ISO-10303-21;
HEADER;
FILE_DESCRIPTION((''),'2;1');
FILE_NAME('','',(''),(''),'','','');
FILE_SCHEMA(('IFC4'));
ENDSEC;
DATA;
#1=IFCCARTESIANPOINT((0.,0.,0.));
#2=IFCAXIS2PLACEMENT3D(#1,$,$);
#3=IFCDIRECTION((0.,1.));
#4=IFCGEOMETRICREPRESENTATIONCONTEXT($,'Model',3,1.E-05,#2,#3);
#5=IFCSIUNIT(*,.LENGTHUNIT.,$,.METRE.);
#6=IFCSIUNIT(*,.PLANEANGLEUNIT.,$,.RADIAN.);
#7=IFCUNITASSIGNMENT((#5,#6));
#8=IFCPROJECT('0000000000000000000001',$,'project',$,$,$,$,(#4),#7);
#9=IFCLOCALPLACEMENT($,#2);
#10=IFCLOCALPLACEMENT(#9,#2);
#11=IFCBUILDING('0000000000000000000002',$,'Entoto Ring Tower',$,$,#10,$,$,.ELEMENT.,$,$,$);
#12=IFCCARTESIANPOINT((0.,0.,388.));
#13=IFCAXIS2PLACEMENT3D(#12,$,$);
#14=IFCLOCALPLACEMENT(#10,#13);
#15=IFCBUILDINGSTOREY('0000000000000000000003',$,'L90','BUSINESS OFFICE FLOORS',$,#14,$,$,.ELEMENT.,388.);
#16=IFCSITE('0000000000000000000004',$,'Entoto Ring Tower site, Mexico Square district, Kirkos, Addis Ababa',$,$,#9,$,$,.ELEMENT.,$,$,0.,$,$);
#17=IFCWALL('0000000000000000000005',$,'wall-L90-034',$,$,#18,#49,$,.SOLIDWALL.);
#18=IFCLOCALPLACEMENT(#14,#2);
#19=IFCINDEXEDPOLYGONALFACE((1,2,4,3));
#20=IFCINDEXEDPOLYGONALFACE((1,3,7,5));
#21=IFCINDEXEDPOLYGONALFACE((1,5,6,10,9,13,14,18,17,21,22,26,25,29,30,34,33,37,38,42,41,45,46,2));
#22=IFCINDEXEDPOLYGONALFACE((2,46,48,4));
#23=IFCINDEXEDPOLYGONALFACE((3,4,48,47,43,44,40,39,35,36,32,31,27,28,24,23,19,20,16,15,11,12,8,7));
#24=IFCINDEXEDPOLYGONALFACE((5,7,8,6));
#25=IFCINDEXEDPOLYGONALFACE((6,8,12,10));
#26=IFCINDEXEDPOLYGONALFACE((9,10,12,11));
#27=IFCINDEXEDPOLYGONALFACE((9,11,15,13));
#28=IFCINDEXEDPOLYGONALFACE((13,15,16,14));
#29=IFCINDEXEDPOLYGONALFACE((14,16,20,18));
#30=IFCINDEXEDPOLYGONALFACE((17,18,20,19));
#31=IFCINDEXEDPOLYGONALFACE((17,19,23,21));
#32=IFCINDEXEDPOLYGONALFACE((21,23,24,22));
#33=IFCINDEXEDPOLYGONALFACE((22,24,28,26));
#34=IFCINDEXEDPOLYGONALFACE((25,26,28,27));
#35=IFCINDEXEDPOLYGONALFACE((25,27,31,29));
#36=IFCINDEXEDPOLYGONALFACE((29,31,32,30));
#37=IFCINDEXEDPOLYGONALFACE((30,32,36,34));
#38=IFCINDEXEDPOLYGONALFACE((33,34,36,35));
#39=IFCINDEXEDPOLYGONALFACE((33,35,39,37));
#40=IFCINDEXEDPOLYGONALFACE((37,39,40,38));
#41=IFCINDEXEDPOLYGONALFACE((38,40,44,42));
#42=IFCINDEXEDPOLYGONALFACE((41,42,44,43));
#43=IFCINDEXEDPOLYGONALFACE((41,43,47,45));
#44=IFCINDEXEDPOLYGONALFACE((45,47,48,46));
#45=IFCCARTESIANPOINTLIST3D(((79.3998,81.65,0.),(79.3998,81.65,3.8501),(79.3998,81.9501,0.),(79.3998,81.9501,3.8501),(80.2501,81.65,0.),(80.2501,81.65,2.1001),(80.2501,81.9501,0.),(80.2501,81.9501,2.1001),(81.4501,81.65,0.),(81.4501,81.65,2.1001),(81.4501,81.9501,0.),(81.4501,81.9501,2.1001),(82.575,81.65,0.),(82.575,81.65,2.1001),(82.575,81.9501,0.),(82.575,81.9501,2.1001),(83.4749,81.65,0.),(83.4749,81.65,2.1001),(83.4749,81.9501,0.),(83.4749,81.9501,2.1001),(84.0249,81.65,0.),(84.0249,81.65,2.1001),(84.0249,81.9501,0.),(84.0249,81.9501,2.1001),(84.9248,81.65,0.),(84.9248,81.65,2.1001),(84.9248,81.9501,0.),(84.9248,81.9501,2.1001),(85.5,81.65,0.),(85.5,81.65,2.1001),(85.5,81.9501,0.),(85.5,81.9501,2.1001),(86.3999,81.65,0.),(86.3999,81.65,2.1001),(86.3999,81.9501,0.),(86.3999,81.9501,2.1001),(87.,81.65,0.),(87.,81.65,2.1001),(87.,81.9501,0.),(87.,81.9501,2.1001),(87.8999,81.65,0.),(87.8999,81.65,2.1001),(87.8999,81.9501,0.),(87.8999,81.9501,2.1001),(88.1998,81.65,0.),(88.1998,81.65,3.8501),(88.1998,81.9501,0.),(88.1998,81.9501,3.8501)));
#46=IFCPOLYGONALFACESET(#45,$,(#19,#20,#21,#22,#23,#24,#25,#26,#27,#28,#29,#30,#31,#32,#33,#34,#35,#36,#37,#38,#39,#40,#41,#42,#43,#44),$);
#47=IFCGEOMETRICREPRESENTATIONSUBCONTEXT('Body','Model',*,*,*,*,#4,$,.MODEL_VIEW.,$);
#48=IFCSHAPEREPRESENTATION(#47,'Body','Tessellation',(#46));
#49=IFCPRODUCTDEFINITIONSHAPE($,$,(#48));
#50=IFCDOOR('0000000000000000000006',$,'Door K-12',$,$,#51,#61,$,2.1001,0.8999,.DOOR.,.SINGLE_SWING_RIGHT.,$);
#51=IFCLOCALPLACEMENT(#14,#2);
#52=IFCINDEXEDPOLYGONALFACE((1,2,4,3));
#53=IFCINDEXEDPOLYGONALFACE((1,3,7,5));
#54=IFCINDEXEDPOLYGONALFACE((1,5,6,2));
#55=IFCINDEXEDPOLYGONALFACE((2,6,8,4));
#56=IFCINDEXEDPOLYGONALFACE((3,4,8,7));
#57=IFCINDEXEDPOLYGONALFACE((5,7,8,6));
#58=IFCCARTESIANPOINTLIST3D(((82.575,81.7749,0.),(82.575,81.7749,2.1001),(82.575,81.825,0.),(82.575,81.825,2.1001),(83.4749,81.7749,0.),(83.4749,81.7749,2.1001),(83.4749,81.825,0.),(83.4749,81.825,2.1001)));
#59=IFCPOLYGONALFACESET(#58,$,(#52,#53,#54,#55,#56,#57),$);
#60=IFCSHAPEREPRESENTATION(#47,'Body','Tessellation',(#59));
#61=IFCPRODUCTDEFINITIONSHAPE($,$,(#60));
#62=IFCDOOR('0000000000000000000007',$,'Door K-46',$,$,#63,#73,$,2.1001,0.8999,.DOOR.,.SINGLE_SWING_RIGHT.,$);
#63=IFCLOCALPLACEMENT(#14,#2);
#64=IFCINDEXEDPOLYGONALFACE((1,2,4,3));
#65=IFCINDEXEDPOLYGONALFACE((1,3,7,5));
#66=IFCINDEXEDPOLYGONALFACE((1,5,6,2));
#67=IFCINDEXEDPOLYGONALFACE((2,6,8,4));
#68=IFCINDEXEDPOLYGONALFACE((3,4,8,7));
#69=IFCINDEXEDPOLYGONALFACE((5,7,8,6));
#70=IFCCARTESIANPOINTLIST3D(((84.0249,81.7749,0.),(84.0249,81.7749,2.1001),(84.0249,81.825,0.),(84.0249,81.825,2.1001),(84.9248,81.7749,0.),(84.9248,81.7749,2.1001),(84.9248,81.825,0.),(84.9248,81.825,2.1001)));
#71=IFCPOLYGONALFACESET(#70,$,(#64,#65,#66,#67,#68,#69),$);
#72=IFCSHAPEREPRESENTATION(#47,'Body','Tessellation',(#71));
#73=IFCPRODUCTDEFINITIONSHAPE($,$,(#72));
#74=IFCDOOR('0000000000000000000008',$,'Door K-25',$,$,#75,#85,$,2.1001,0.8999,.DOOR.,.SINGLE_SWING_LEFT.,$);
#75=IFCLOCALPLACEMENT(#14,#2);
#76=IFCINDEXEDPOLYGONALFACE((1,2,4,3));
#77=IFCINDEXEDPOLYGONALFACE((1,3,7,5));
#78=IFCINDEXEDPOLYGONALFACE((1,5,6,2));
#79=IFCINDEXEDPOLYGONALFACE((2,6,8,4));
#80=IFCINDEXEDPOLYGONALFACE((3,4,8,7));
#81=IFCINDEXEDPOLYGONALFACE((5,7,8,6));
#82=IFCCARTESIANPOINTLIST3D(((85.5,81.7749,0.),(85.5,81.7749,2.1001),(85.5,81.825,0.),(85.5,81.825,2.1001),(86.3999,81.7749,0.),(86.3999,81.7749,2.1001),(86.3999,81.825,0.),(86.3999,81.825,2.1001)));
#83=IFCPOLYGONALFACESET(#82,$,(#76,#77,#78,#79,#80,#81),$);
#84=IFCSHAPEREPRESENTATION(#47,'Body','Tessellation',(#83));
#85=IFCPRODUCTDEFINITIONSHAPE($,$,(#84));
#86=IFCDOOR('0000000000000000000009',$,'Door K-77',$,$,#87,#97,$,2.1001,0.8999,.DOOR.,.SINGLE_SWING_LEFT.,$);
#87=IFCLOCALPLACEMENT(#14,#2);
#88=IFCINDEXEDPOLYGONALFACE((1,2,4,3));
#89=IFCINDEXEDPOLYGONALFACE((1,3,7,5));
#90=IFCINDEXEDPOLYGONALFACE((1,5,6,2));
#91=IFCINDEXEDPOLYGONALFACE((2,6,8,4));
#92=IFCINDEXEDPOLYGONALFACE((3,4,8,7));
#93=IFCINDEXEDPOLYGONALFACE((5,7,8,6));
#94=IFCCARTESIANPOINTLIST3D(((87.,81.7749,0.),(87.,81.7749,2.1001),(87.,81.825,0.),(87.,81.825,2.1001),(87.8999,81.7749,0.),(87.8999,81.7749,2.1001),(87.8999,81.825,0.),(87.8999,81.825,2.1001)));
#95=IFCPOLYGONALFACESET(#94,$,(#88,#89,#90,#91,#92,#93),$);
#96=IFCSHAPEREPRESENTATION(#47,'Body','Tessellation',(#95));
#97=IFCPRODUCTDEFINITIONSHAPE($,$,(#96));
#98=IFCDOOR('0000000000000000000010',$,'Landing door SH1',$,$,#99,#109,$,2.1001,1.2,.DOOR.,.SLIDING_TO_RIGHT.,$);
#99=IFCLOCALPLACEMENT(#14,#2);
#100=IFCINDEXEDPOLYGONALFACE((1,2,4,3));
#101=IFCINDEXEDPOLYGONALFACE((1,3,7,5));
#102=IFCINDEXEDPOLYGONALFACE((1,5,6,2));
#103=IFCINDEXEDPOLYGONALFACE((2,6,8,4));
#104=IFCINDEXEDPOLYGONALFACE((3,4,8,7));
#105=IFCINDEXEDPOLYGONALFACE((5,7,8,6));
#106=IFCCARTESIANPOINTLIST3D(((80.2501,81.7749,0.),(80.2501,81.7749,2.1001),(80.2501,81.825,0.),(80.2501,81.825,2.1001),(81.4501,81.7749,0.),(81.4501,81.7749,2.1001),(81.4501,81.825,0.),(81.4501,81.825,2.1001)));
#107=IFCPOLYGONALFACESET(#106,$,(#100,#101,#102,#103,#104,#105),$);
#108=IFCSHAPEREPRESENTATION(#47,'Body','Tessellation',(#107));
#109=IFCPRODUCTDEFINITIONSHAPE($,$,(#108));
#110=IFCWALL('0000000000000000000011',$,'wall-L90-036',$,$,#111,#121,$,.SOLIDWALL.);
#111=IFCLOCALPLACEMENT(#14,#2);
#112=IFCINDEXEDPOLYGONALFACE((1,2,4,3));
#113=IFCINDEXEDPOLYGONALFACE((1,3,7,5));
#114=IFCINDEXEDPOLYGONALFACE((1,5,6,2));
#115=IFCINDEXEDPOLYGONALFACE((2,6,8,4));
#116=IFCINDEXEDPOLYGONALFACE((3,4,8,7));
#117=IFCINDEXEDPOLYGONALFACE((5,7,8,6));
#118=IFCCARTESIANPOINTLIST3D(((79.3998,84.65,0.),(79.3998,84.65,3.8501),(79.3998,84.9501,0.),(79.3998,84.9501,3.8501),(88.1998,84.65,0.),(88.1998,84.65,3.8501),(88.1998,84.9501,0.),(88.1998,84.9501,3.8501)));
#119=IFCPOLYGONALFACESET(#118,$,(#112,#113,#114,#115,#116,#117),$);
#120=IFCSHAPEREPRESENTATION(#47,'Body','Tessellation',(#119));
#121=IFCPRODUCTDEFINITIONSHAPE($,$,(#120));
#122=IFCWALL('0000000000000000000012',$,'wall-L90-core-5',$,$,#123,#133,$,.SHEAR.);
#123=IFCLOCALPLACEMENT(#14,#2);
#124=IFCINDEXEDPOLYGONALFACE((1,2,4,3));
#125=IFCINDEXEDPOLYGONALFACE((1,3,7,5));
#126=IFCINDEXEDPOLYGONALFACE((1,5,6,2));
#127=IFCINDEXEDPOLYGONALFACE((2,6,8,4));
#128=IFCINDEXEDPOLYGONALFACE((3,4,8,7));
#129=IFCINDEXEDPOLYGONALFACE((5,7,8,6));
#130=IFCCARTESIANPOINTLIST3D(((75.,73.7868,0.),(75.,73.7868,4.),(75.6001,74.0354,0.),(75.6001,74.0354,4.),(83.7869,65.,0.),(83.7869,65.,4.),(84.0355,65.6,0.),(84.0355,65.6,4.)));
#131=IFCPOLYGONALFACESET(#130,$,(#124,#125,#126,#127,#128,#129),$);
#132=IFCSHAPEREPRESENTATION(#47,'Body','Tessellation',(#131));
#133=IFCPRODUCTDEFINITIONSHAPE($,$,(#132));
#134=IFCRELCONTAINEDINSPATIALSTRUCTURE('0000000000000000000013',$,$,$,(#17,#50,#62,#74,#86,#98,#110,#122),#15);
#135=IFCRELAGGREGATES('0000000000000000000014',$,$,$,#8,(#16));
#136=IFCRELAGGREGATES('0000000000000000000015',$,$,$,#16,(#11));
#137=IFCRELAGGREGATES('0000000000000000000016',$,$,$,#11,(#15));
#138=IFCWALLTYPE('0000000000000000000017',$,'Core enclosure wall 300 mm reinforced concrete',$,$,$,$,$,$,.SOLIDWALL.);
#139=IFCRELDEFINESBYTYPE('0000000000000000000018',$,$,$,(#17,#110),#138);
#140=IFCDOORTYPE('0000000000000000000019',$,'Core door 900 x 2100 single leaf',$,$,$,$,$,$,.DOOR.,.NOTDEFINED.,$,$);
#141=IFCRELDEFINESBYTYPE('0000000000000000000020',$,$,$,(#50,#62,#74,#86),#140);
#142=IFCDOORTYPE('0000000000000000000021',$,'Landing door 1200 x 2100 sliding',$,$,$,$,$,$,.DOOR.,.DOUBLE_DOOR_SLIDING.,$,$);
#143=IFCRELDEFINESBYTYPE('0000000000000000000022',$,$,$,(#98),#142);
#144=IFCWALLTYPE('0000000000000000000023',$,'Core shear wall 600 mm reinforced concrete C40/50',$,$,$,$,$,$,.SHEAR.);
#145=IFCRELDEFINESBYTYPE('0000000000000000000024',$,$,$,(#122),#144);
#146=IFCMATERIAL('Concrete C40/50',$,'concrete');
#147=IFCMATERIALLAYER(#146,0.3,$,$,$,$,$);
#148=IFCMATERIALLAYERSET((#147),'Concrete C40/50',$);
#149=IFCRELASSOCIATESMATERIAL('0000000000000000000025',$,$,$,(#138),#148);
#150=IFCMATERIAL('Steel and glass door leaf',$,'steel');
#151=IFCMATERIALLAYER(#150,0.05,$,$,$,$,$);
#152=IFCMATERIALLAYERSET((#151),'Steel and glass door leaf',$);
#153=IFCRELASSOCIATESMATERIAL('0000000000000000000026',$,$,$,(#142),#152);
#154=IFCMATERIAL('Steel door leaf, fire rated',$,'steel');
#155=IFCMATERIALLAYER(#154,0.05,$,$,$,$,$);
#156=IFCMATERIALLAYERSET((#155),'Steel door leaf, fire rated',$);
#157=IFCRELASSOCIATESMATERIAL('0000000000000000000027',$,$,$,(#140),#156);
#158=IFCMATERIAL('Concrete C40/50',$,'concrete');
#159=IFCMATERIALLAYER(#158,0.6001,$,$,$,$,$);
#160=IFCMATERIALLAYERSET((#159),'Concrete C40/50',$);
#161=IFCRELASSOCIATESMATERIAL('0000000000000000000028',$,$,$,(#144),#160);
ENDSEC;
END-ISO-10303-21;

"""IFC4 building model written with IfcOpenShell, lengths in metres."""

from ifc_helpers import new_model, si_unit, direction, frame, frame_2d, origin, place, context, subcontext, project, spatial, polyline, rectangle, outline, extrude, material, layer, layer_set, type_object, element, fill, save


model = new_model("IFC4")

# Units and contexts
model_context = context("Model", 3, precision=1e-05, world=origin(), true_north=direction((0.0, 1.0)))
body_context = subcontext(model_context, "Body", "Model", "MODEL_VIEW")
ifc_project = project(units=[si_unit("LENGTHUNIT", "METRE"), si_unit("PLANEANGLEUNIT", "RADIAN")], contexts=[model_context])

# Site, building, storey
site_placement = place(None, origin())
site = spatial("IfcSite", under=ifc_project, at=site_placement, Name="Entoto Ring Tower site, Mexico Square district, Kirkos, Addis Ababa", CompositionType="ELEMENT", RefElevation=0.0)
building_placement = place(site_placement, origin())
building = spatial("IfcBuilding", under=site, at=building_placement, Name="Entoto Ring Tower", CompositionType="ELEMENT")
storey_placement = place(building_placement, frame((0.0, 0.0, 388.0)))
storey = spatial("IfcBuildingStorey", under=building, at=storey_placement, Name="L90", Description="BUSINESS OFFICE FLOORS", CompositionType="ELEMENT", Elevation=388.0)

# Shared definitions
ifc_material_1 = material(Name="Concrete C40/50", Category="concrete")
ifc_layer_1 = layer(ifc_material_1, 0.3)
ifc_layer_set_1 = layer_set([ifc_layer_1], Name="Concrete C40/50")
wall_type_1 = type_object("IfcWallType", Name="Core enclosure wall 300 mm reinforced concrete", PredefinedType="SOLIDWALL", material=ifc_layer_set_1)
ifc_material_2 = material(Name="Steel and glass door leaf", Category="steel")
ifc_layer_2 = layer(ifc_material_2, 0.05)
ifc_layer_set_2 = layer_set([ifc_layer_2], Name="Steel and glass door leaf")
door_type_1 = type_object("IfcDoorType", Name="Landing door 1200 x 2100 sliding", OperationType="DOUBLE_DOOR_SLIDING", PredefinedType="DOOR", material=ifc_layer_set_2)

# Wall, openings, doors
ifc_material_3 = material(Name="Steel door leaf, fire rated", Category="steel")
ifc_layer_3 = layer(ifc_material_3, 0.05)
ifc_layer_set_3 = layer_set([ifc_layer_3], Name="Steel door leaf, fire rated")
door_type_2 = type_object("IfcDoorType", Name="Core door 900 x 2100 single leaf", OperationType="NOTDEFINED", PredefinedType="DOOR", material=ifc_layer_set_3)
wall_1_placement = place(storey_placement, frame((79.3999, 81.8, 0.0), z_axis=(0.0, 0.0, 1.0), x_axis=(1.0, 0.0, 0.0)))
wall_1 = element("IfcWall", 1, at=wall_1_placement, inside=storey, type_object=wall_type_1, Name="wall-L90-034", PredefinedType="SOLIDWALL", context=body_context, shape_type="SweptSolid", body=[
    extrude(rectangle(XDim=8.8, YDim=0.3, at=frame_2d((4.3999, 0.0))), origin(), (0.0, 0.0, 1.0), 3.8501),
])
opening_1_placement = place(wall_1_placement, frame((0.8501, 0.0, 0.0)))
opening_1 = element("IfcOpeningElement", 2, at=opening_1_placement, cuts=wall_1, PredefinedType="OPENING", context=body_context, shape_type="SweptSolid", body=[
    extrude(rectangle(XDim=1.2, YDim=2.1001, at=frame_2d((0.6001, 1.05))), frame((0.0, 0.1602, 0.0), z_axis=(0.0, -1.0, 0.0), x_axis=(1.0, 0.0, 0.0)), (0.0, 0.0, 1.0), 0.3201),
])
opening_2_placement = place(wall_1_placement, frame((3.175, 0.0, 0.0)))
opening_2 = element("IfcOpeningElement", 3, at=opening_2_placement, cuts=wall_1, PredefinedType="OPENING", context=body_context, shape_type="SweptSolid", body=[
    extrude(rectangle(XDim=0.8999, YDim=2.1001, at=frame_2d((0.45, 1.05))), frame((0.0, 0.1602, 0.0), z_axis=(0.0, -1.0, 0.0), x_axis=(1.0, 0.0, 0.0)), (0.0, 0.0, 1.0), 0.3201),
])
opening_3_placement = place(wall_1_placement, frame((4.625, 0.0, 0.0)))
opening_3 = element("IfcOpeningElement", 4, at=opening_3_placement, cuts=wall_1, PredefinedType="OPENING", context=body_context, shape_type="SweptSolid", body=[
    extrude(rectangle(XDim=0.8999, YDim=2.1001, at=frame_2d((0.45, 1.05))), frame((0.0, 0.1602, 0.0), z_axis=(0.0, -1.0, 0.0), x_axis=(1.0, 0.0, 0.0)), (0.0, 0.0, 1.0), 0.3201),
])
opening_4_placement = place(wall_1_placement, frame((6.1001, 0.0, 0.0)))
opening_4 = element("IfcOpeningElement", 5, at=opening_4_placement, cuts=wall_1, PredefinedType="OPENING", context=body_context, shape_type="SweptSolid", body=[
    extrude(rectangle(XDim=0.8999, YDim=2.1001, at=frame_2d((0.45, 1.05))), frame((0.0, 0.1602, 0.0), z_axis=(0.0, -1.0, 0.0), x_axis=(1.0, 0.0, 0.0)), (0.0, 0.0, 1.0), 0.3201),
])
opening_5_placement = place(wall_1_placement, frame((7.6001, 0.0, 0.0)))
opening_5 = element("IfcOpeningElement", 6, at=opening_5_placement, cuts=wall_1, PredefinedType="OPENING", context=body_context, shape_type="SweptSolid", body=[
    extrude(rectangle(XDim=0.8999, YDim=2.1001, at=frame_2d((0.45, 1.05))), frame((0.0, 0.1602, 0.0), z_axis=(0.0, -1.0, 0.0), x_axis=(1.0, 0.0, 0.0)), (0.0, 0.0, 1.0), 0.3201),
])
door_1_placement = place(opening_2_placement, origin())
door_1 = element("IfcDoor", 7, at=door_1_placement, inside=storey, type_object=door_type_2, Name="Door K-12", OperationType="SINGLE_SWING_RIGHT", OverallHeight=2.1001, OverallWidth=0.8999, PredefinedType="DOOR", context=body_context, shape_type="SweptSolid", body=[
    extrude(rectangle(XDim=0.8999, YDim=2.1001, at=frame_2d((0.45, 1.05))), frame((0.0, 0.0249, 0.0), z_axis=(0.0, -1.0, 0.0), x_axis=(1.0, 0.0, 0.0)), (0.0, 0.0, 1.0), 0.05),
])
fill(opening_2, door_1)
door_2_placement = place(opening_3_placement, origin())
door_2 = element("IfcDoor", 8, at=door_2_placement, inside=storey, type_object=door_type_2, Name="Door K-46", OperationType="SINGLE_SWING_RIGHT", OverallHeight=2.1001, OverallWidth=0.8999, PredefinedType="DOOR", context=body_context, shape_type="SweptSolid", body=[
    extrude(rectangle(XDim=0.8999, YDim=2.1001, at=frame_2d((0.45, 1.05))), frame((0.0, 0.0249, 0.0), z_axis=(0.0, -1.0, 0.0), x_axis=(1.0, 0.0, 0.0)), (0.0, 0.0, 1.0), 0.05),
])
fill(opening_3, door_2)
door_3_placement = place(opening_4_placement, origin())
door_3 = element("IfcDoor", 9, at=door_3_placement, inside=storey, type_object=door_type_2, Name="Door K-25", OperationType="SINGLE_SWING_LEFT", OverallHeight=2.1001, OverallWidth=0.8999, PredefinedType="DOOR", context=body_context, shape_type="SweptSolid", body=[
    extrude(rectangle(XDim=0.8999, YDim=2.1001, at=frame_2d((0.45, 1.05))), frame((0.0, 0.0249, 0.0), z_axis=(0.0, -1.0, 0.0), x_axis=(1.0, 0.0, 0.0)), (0.0, 0.0, 1.0), 0.05),
])
fill(opening_4, door_3)
door_4_placement = place(opening_5_placement, origin())
door_4 = element("IfcDoor", 10, at=door_4_placement, inside=storey, type_object=door_type_2, Name="Door K-77", OperationType="SINGLE_SWING_LEFT", OverallHeight=2.1001, OverallWidth=0.8999, PredefinedType="DOOR", context=body_context, shape_type="SweptSolid", body=[
    extrude(rectangle(XDim=0.8999, YDim=2.1001, at=frame_2d((0.45, 1.05))), frame((0.0, 0.0249, 0.0), z_axis=(0.0, -1.0, 0.0), x_axis=(1.0, 0.0, 0.0)), (0.0, 0.0, 1.0), 0.05),
])
fill(opening_5, door_4)
door_5_placement = place(opening_1_placement, origin())
door_5 = element("IfcDoor", 11, at=door_5_placement, inside=storey, type_object=door_type_1, Name="Landing door SH1", OperationType="SLIDING_TO_RIGHT", OverallHeight=2.1001, OverallWidth=1.2, PredefinedType="DOOR", context=body_context, shape_type="SweptSolid", body=[
    extrude(rectangle(XDim=1.2, YDim=2.1001, at=frame_2d((0.6001, 1.05))), frame((0.0, 0.0249, 0.0), z_axis=(0.0, -1.0, 0.0), x_axis=(1.0, 0.0, 0.0)), (0.0, 0.0, 1.0), 0.05),
])
fill(opening_1, door_5)

# Walls
wall_2_placement = place(storey_placement, frame((79.3999, 84.8, 0.0), z_axis=(0.0, 0.0, 1.0), x_axis=(1.0, 0.0, 0.0)))
element("IfcWall", 12, at=wall_2_placement, inside=storey, type_object=wall_type_1, Name="wall-L90-036", PredefinedType="SOLIDWALL", context=body_context, shape_type="SweptSolid", body=[
    extrude(rectangle(XDim=8.8, YDim=0.3, at=frame_2d((4.3999, 0.0))), origin(), (0.0, 0.0, 1.0), 3.8501),
])
ifc_material_4 = material(Name="Concrete C40/50", Category="concrete")
ifc_layer_4 = layer(ifc_material_4, 0.6001)
ifc_layer_set_4 = layer_set([ifc_layer_4], Name="Concrete C40/50")
wall_type_2 = type_object("IfcWallType", Name="Core shear wall 600 mm reinforced concrete C40/50", PredefinedType="SHEAR", material=ifc_layer_set_4)
wall_3_placement = place(storey_placement, frame((75.3, 73.9111, 0.0), z_axis=(0.0, 0.0, 1.0), x_axis=(0.707107, -0.707107, 0.0)))
element("IfcWall", 13, at=wall_3_placement, inside=storey, type_object=wall_type_2, Name="wall-L90-core-5", PredefinedType="SHEAR", context=body_context, shape_type="SweptSolid", body=[
    extrude(outline(polyline([(-0.1243, -0.3), (12.3022, -0.3), (12.0537, 0.3), (0.1243, 0.3), (-0.1243, -0.3)])), origin(), (0.0, 0.0, 1.0), 4.0),
])

save(model, "model.ifc")
